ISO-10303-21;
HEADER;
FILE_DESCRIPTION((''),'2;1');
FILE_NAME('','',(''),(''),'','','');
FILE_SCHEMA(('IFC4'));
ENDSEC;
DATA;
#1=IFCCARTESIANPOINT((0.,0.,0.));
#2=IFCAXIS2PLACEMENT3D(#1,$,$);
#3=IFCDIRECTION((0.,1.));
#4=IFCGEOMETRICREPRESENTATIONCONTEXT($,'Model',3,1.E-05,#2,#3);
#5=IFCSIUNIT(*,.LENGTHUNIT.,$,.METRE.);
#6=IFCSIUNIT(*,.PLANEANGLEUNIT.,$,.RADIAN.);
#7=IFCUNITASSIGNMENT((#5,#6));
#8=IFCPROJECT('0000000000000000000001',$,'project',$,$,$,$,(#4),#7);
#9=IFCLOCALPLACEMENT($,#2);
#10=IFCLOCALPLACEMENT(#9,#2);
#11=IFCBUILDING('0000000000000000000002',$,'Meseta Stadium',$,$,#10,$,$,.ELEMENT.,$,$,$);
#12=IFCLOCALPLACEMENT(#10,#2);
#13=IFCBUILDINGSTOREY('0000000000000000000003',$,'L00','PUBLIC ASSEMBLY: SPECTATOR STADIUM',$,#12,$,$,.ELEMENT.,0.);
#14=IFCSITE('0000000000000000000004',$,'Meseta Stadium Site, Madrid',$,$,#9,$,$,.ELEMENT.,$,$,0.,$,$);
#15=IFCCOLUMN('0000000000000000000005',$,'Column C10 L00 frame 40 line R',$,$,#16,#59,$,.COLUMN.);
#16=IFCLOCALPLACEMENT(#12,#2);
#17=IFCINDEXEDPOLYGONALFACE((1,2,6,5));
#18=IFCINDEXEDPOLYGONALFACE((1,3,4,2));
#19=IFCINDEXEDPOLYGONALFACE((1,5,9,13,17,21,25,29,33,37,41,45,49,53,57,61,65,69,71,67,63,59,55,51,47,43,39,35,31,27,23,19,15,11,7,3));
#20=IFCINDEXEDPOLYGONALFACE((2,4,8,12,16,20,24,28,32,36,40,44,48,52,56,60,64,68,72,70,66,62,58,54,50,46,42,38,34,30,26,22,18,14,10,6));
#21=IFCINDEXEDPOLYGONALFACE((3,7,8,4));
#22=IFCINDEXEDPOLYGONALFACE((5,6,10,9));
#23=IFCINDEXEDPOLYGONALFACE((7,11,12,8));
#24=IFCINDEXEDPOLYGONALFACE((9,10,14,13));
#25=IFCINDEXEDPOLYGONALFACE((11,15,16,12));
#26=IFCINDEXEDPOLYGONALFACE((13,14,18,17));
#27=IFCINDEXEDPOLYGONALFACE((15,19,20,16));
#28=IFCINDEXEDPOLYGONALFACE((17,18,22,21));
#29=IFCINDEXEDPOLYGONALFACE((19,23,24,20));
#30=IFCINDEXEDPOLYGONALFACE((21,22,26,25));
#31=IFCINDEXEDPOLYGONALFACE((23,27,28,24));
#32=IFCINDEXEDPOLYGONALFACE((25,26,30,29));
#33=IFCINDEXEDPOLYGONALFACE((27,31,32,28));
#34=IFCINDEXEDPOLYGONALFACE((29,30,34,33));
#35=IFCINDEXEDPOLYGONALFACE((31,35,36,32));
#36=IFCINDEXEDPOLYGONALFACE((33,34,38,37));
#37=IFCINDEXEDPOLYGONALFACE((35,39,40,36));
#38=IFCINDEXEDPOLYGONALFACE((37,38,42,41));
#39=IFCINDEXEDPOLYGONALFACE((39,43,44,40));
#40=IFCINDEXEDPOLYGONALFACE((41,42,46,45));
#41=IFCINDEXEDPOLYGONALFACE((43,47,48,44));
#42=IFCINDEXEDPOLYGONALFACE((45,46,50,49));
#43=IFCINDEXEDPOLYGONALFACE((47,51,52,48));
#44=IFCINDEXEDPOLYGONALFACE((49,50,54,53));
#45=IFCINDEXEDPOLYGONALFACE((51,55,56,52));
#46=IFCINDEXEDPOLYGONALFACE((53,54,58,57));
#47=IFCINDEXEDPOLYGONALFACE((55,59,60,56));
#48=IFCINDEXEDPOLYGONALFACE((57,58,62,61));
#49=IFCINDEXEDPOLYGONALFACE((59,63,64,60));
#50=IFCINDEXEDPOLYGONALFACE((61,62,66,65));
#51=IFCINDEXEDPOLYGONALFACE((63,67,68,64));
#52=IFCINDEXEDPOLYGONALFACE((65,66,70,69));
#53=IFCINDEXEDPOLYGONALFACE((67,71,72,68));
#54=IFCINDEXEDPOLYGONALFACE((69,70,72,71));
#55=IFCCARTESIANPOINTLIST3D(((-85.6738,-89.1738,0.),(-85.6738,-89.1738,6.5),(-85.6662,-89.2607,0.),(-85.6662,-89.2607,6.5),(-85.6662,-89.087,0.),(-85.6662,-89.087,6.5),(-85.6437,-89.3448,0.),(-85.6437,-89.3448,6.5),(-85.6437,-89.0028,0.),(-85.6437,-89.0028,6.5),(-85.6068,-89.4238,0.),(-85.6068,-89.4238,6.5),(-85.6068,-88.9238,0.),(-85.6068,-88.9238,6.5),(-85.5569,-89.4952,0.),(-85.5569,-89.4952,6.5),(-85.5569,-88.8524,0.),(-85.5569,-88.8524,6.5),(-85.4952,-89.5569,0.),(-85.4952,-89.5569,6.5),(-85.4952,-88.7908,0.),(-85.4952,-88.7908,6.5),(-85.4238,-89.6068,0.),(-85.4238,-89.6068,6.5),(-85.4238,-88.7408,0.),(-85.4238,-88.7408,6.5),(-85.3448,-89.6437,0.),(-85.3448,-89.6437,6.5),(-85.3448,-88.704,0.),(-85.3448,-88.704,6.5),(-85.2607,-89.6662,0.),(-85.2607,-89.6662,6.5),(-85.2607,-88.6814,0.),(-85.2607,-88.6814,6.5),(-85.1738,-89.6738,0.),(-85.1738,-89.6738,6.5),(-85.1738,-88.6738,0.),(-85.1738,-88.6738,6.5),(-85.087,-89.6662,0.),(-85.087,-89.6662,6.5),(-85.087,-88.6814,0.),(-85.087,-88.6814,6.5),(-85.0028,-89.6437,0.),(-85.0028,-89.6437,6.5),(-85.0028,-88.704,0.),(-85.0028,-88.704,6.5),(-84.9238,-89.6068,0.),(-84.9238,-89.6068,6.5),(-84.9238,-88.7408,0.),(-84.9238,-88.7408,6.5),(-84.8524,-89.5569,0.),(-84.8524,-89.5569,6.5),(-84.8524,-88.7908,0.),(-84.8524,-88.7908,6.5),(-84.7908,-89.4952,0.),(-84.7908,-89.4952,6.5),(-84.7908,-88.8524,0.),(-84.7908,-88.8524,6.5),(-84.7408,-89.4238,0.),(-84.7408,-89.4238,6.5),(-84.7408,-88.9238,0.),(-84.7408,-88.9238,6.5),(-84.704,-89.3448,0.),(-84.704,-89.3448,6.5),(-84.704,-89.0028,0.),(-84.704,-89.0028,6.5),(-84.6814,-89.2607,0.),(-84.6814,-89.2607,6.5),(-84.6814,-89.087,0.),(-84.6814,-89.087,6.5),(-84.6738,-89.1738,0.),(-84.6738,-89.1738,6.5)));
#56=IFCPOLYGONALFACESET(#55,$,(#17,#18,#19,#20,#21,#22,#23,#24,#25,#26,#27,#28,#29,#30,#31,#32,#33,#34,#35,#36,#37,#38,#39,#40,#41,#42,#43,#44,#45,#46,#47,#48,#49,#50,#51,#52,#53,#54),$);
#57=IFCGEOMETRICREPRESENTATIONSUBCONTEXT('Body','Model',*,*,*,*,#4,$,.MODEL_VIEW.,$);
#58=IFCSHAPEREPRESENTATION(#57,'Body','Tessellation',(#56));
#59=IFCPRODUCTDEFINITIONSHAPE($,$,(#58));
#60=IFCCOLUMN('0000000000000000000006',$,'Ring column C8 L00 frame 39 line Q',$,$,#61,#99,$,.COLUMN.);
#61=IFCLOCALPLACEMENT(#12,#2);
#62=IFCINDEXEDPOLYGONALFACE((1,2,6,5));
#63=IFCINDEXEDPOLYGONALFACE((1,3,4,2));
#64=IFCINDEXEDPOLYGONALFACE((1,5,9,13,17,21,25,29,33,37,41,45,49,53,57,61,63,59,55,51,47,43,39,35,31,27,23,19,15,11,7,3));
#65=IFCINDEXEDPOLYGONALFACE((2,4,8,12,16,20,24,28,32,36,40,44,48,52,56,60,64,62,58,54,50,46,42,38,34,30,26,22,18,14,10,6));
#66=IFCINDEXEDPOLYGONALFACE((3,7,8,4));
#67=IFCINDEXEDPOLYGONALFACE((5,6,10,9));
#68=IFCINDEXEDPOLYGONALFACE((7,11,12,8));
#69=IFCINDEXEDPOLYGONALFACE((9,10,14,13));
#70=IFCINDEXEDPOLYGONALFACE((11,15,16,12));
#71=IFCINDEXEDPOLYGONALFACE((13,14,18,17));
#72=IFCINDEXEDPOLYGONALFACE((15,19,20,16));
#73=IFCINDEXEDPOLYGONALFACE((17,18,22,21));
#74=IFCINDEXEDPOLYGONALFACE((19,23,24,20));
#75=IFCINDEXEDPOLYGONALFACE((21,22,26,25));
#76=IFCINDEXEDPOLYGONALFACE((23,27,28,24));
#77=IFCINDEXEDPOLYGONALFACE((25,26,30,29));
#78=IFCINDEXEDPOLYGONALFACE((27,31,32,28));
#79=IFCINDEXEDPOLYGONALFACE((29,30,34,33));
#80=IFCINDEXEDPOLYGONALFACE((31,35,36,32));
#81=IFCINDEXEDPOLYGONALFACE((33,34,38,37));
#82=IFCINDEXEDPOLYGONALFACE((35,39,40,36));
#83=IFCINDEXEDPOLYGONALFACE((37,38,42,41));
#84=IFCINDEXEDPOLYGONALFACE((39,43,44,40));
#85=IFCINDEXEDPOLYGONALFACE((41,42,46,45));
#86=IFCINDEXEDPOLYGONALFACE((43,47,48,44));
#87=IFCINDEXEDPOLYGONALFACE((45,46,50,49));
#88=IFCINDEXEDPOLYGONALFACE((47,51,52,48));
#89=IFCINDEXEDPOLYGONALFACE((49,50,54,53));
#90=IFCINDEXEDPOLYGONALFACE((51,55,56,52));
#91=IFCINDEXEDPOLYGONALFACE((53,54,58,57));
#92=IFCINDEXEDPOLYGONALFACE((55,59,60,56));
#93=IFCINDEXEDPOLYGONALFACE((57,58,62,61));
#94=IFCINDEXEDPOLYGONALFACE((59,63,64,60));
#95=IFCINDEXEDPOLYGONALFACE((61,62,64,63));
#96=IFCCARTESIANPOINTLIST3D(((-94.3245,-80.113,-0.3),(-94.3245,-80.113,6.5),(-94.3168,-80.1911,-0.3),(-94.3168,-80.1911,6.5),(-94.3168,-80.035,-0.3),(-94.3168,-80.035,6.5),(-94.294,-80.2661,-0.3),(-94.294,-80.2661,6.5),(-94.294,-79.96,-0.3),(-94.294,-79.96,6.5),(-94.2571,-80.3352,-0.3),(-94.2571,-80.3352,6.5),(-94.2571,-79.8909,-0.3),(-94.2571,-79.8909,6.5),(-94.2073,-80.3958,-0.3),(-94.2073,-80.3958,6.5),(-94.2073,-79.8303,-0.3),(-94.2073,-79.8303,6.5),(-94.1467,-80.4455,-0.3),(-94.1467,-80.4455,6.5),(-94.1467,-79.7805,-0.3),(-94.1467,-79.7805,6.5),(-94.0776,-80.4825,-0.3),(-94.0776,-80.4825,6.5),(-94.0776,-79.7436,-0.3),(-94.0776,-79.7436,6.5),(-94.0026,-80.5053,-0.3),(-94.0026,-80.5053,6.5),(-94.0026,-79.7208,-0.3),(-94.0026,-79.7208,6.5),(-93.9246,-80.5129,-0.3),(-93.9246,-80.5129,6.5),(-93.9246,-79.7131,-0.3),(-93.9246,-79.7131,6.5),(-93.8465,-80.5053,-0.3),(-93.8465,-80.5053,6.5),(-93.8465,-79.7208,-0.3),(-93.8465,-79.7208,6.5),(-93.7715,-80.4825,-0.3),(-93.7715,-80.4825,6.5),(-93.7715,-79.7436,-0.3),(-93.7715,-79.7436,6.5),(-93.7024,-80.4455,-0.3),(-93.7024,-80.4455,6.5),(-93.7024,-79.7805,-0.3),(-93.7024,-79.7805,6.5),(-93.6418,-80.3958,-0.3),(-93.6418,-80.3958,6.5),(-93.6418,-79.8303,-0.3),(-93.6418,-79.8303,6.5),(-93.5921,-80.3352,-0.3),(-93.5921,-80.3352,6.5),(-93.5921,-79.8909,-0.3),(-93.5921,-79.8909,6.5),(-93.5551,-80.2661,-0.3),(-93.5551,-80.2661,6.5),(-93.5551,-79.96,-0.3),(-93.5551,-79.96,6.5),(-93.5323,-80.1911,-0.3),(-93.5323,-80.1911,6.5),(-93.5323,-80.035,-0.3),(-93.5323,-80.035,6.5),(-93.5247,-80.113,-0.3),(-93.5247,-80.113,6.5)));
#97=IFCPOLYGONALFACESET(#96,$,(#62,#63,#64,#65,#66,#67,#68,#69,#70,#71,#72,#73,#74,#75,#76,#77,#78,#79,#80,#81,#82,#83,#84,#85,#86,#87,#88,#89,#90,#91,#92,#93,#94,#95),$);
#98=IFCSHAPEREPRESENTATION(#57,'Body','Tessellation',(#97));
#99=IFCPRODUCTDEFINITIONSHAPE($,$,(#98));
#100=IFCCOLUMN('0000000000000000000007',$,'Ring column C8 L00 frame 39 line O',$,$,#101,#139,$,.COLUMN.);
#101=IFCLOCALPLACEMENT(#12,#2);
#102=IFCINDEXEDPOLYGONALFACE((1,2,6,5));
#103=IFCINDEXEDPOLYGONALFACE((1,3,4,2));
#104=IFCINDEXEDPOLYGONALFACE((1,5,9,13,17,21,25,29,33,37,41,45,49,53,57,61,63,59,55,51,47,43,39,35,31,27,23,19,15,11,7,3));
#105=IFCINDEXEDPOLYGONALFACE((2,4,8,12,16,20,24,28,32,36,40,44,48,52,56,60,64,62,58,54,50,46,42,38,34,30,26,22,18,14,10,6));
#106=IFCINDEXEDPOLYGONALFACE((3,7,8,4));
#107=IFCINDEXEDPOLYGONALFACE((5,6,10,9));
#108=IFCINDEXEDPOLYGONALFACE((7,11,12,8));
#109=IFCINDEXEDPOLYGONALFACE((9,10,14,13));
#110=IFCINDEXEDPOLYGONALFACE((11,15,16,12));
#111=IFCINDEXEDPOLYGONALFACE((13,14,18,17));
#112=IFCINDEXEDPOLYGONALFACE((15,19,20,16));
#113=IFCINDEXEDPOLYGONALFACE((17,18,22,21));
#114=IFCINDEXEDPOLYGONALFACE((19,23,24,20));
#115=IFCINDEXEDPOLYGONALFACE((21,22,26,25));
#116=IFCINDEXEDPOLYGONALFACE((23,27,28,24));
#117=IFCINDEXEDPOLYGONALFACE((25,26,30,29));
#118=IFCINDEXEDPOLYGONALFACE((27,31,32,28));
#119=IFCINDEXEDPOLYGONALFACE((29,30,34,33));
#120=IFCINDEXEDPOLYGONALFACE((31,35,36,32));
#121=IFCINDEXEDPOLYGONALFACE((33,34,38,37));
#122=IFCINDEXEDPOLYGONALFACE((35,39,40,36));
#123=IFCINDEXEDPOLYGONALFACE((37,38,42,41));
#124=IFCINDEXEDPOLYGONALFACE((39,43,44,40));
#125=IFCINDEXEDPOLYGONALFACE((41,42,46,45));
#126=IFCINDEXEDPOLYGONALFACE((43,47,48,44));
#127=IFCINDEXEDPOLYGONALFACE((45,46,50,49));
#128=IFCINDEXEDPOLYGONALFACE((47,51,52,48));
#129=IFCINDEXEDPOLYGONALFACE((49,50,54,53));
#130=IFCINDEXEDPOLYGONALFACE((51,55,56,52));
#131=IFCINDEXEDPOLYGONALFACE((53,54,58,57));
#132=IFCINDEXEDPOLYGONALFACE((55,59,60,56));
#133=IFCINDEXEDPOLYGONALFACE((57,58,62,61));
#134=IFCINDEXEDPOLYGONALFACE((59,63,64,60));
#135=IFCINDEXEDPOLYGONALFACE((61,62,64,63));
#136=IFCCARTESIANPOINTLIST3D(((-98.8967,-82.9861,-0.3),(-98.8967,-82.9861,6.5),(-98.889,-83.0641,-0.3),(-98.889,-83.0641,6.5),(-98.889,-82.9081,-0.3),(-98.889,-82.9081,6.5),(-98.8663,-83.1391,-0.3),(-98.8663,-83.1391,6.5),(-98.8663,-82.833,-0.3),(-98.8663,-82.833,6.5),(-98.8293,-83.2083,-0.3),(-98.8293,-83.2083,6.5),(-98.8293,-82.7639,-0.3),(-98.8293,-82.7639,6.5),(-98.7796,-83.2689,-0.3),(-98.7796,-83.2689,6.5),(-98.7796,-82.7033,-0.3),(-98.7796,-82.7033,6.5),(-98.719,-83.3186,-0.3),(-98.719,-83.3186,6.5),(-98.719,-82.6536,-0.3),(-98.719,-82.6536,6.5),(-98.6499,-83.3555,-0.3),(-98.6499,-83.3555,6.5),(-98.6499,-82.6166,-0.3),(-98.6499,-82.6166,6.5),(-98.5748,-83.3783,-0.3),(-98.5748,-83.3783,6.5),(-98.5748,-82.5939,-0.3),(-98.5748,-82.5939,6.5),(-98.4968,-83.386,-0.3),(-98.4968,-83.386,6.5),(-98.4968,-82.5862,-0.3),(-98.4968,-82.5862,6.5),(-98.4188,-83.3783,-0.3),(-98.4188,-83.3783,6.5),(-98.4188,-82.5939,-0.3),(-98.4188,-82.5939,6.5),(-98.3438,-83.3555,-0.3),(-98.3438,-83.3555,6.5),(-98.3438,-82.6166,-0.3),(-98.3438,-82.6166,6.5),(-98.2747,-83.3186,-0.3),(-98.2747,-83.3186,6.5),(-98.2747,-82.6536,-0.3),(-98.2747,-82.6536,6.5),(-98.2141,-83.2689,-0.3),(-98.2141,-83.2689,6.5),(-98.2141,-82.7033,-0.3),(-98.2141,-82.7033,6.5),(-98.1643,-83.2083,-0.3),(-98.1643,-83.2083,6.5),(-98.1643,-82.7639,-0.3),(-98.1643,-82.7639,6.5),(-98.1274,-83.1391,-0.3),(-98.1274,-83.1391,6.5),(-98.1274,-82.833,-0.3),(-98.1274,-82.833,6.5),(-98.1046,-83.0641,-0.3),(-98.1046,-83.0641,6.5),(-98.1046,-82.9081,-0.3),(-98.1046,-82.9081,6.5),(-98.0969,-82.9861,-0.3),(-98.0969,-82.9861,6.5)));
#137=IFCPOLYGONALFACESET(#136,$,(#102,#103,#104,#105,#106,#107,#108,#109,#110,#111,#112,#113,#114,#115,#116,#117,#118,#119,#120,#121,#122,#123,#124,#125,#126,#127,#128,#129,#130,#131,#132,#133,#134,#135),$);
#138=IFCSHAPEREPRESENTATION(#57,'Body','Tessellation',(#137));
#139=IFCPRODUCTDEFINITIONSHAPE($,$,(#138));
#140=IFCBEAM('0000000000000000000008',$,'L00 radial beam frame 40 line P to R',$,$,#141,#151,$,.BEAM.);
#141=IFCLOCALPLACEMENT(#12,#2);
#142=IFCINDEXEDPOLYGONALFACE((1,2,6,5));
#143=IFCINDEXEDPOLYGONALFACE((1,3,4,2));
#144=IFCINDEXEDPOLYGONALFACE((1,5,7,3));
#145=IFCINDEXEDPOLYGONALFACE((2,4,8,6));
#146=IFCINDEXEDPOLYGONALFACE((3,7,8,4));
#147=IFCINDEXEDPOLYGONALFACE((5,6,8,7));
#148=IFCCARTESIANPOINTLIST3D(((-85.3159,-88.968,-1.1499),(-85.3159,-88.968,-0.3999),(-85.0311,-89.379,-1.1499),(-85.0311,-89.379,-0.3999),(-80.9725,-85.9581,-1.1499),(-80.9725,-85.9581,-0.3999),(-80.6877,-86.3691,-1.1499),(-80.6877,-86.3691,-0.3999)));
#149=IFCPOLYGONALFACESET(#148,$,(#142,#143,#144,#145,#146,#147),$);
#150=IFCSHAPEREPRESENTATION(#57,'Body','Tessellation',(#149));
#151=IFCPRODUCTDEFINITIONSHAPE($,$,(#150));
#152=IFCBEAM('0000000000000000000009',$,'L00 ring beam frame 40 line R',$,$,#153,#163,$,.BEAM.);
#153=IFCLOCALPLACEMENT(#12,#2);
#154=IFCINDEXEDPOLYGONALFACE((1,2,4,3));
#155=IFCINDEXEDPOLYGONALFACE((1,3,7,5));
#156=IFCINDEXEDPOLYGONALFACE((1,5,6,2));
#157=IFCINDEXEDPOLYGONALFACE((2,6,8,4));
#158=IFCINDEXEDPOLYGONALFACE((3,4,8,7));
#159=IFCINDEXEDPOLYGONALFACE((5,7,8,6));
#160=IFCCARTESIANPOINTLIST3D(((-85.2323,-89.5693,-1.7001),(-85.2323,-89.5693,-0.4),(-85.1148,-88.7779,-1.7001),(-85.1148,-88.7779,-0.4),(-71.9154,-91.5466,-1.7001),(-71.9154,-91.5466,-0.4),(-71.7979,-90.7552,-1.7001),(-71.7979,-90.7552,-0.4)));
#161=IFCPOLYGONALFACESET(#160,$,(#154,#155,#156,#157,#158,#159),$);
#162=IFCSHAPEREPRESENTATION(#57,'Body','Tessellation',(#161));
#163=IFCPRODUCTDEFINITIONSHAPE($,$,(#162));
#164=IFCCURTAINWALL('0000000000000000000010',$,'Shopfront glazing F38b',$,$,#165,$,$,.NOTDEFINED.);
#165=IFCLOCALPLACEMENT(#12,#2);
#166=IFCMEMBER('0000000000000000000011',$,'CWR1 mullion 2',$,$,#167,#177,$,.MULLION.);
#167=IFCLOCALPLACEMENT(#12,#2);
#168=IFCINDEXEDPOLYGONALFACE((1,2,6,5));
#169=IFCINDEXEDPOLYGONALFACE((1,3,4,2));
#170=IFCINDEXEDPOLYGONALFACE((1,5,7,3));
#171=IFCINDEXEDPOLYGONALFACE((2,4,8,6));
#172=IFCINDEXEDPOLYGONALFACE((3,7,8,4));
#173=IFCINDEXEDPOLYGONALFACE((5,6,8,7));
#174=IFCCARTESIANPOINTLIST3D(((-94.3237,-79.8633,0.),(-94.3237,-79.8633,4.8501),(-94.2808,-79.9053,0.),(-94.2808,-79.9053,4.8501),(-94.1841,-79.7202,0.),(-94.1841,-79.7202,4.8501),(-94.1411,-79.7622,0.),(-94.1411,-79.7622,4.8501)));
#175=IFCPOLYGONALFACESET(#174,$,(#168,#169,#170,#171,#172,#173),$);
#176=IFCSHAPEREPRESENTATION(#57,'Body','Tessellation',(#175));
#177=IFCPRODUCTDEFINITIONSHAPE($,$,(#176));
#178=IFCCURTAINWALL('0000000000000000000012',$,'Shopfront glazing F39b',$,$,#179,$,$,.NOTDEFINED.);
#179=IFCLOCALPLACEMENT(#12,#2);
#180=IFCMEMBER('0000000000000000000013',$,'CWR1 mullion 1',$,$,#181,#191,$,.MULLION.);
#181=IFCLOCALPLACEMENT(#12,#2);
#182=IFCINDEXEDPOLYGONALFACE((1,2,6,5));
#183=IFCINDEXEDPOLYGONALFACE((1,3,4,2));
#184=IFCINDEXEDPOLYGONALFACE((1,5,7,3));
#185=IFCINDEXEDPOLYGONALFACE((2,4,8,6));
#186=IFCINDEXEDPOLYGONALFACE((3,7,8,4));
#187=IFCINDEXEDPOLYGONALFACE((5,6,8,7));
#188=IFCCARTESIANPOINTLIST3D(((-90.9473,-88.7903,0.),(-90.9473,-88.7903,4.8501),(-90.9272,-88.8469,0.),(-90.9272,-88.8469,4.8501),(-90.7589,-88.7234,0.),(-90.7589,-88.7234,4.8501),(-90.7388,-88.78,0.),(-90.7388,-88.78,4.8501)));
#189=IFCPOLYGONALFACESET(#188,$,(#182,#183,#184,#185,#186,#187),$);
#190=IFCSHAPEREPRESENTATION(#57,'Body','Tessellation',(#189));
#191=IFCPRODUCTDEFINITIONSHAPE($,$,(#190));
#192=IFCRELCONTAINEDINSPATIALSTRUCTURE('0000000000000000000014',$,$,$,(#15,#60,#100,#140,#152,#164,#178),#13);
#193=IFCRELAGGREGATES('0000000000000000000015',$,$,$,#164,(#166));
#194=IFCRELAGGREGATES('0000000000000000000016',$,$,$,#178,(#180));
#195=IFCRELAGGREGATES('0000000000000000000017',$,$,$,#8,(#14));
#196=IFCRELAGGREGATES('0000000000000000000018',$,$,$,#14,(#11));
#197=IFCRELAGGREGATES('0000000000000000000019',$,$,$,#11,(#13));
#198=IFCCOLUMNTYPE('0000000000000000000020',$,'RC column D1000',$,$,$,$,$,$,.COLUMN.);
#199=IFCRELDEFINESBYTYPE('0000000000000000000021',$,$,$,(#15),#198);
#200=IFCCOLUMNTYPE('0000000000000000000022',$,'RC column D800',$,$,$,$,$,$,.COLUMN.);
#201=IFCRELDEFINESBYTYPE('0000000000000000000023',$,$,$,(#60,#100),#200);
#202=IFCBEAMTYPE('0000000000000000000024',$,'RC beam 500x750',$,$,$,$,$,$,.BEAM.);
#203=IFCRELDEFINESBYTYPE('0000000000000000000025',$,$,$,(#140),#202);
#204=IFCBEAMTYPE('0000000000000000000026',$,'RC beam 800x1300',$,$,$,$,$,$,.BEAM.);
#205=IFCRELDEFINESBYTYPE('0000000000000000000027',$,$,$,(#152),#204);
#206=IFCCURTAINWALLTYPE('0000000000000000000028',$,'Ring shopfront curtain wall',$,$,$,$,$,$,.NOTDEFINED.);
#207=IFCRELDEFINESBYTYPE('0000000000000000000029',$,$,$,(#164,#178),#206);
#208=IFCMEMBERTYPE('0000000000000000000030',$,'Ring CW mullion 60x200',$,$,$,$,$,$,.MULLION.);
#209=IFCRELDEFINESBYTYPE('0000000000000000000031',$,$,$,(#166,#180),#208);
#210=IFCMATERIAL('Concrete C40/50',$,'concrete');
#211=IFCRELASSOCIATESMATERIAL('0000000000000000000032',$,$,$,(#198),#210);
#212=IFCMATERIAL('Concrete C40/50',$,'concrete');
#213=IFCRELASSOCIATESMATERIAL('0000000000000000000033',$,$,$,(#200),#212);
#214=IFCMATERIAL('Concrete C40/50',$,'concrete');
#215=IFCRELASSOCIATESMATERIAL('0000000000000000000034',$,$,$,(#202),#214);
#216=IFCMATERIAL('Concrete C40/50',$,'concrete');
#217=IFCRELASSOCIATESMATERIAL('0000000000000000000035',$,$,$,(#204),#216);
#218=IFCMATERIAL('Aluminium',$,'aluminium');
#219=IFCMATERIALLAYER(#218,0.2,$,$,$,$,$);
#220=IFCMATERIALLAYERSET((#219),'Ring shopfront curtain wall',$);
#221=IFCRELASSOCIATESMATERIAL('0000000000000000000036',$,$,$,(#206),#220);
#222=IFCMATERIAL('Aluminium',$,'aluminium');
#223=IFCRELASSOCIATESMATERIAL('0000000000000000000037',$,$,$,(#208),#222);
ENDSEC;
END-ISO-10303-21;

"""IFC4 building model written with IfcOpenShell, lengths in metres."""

from ifc_helpers import new_model, si_unit, direction, frame, origin, origin_2d, place, context, subcontext, project, spatial, rectangle, circle, extrude, material, layer, layer_set, material_profile, profile_set, type_object, element, aggregate, save


model = new_model("IFC4")

# Units and contexts
model_context = context("Model", 3, precision=1e-05, world=origin(), true_north=direction((0.0, 1.0)))
body_context = subcontext(model_context, "Body", "Model", "MODEL_VIEW")
ifc_project = project(units=[si_unit("LENGTHUNIT", "METRE"), si_unit("PLANEANGLEUNIT", "RADIAN")], contexts=[model_context])

# Site, building, storey
site_placement = place(None, origin())
site = spatial("IfcSite", under=ifc_project, at=site_placement, Name="Meseta Stadium Site, Madrid", CompositionType="ELEMENT", RefElevation=0.0)
building_placement = place(site_placement, origin())
building = spatial("IfcBuilding", under=site, at=building_placement, Name="Meseta Stadium", CompositionType="ELEMENT")
storey_placement = place(building_placement, origin())
storey = spatial("IfcBuildingStorey", under=building, at=storey_placement, Name="L00", Description="PUBLIC ASSEMBLY: SPECTATOR STADIUM", CompositionType="ELEMENT", Elevation=0.0)

# Columns
ifc_material_1 = material(Name="Concrete C40/50", Category="concrete")
ifc_material_profile_1 = material_profile(ifc_material_1, circle(Radius=0.5, at=origin_2d()), Name="RC D1000")
ifc_profile_set_1 = profile_set([ifc_material_profile_1], Name="Concrete C40/50")
column_type_1 = type_object("IfcColumnType", Name="RC column D1000", PredefinedType="COLUMN", material=ifc_profile_set_1)
column_placement = place(storey_placement, frame((-85.1738, -89.1738, 0.0), z_axis=(0.0, 0.0, 1.0), x_axis=(1.0, 0.0, 0.0)))
element("IfcColumn", 1, at=column_placement, inside=storey, type_object=column_type_1, Name="Column C10 L00 frame 40 line R", PredefinedType="COLUMN", context=body_context, shape_type="SweptSolid", body=[
    extrude(circle(Radius=0.5, at=origin_2d()), origin(), (0.0, 0.0, 1.0), 6.5),
])
ifc_material_2 = material(Name="Concrete C40/50", Category="concrete")
ifc_material_profile_2 = material_profile(ifc_material_2, circle(Radius=0.3999, at=origin_2d()), Name="RC D800")
ifc_profile_set_2 = profile_set([ifc_material_profile_2], Name="Concrete C40/50")
column_type_2 = type_object("IfcColumnType", Name="RC column D800", PredefinedType="COLUMN", material=ifc_profile_set_2)
for number, where, z_axis, x_axis, name in (
    (2, (-93.9246, -80.113, -0.3), (0.0, 0.0, 1.0), (1.0, 0.0, 0.0), "Ring column C8 L00 frame 39 line Q"),
    (3, (-98.4968, -82.9861, -0.3), (0.0, 0.0, 1.0), (1.0, 0.0, 0.0), "Ring column C8 L00 frame 39 line O"),
):
    element("IfcColumn", number, at=place(storey_placement, frame(where, z_axis=z_axis, x_axis=x_axis)), inside=storey, type_object=column_type_2, Name=name, PredefinedType="COLUMN", context=body_context, shape_type="SweptSolid", body=[
        extrude(circle(Radius=0.3999, at=origin_2d()), origin(), (0.0, 0.0, 1.0), 6.8),
    ])

# Beams
ifc_material_3 = material(Name="Concrete C40/50", Category="concrete")
ifc_material_profile_3 = material_profile(ifc_material_3, rectangle(XDim=0.5, YDim=0.75, at=origin_2d()), Name="RC 500x750")
ifc_profile_set_3 = profile_set([ifc_material_profile_3], Name="Concrete C40/50")
beam_type_1 = type_object("IfcBeamType", Name="RC beam 500x750", PredefinedType="BEAM", material=ifc_profile_set_3)
beam_1_placement = place(storey_placement, frame((-80.8301, -86.1636, -0.7749), z_axis=(-0.821929, -0.569589, 0.0), x_axis=(0.569589, -0.821929, 0.0)))
element("IfcBeam", 4, at=beam_1_placement, inside=storey, type_object=beam_type_1, Name="L00 radial beam frame 40 line P to R", PredefinedType="BEAM", context=body_context, shape_type="SweptSolid", body=[
    extrude(rectangle(XDim=0.5, YDim=0.75, at=origin_2d()), origin(), (0.0, 0.0, 1.0), 5.2844),
])
ifc_material_4 = material(Name="Concrete C40/50", Category="concrete")
ifc_material_profile_4 = material_profile(ifc_material_4, rectangle(XDim=0.8, YDim=1.3, at=origin_2d()), Name="RC 800x1300")
ifc_profile_set_4 = profile_set([ifc_material_profile_4], Name="Concrete C40/50")
beam_type_2 = type_object("IfcBeamType", Name="RC beam 800x1300", PredefinedType="BEAM", material=ifc_profile_set_4)
beam_2_placement = place(storey_placement, frame((-85.1736, -89.1736, -1.05), z_axis=(0.989156, -0.14687, 0.0), x_axis=(0.14687, 0.989156, 0.0)))
element("IfcBeam", 5, at=beam_2_placement, inside=storey, type_object=beam_type_2, Name="L00 ring beam frame 40 line R", PredefinedType="BEAM", context=body_context, shape_type="SweptSolid", body=[
    extrude(rectangle(XDim=0.8, YDim=1.3, at=origin_2d()), origin(), (0.0, 0.0, 1.0), 13.4629),
])

# Curtain wall, member
ifc_material_5 = material(Name="Aluminium", Category="aluminium")
ifc_layer_1 = layer(ifc_material_5, 0.2)
ifc_layer_set_1 = layer_set([ifc_layer_1], Name="Ring shopfront curtain wall")
curtain_wall_type = type_object("IfcCurtainWallType", Name="Ring shopfront curtain wall", PredefinedType="NOTDEFINED", material=ifc_layer_set_1)
curtain_wall_1_placement = place(storey_placement, origin())
curtain_wall_1 = element("IfcCurtainWall", 6, at=curtain_wall_1_placement, inside=storey, type_object=curtain_wall_type, Name="Shopfront glazing F38b", PredefinedType="NOTDEFINED")
ifc_material_6 = material(Name="Aluminium", Category="aluminium")
ifc_material_profile_5 = material_profile(ifc_material_6, rectangle(XDim=0.2, YDim=0.0601, at=origin_2d()), Name="CW 200x60")
ifc_profile_set_5 = profile_set([ifc_material_profile_5], Name="Aluminium")
member_type_1 = type_object("IfcMemberType", Name="Ring CW mullion 60x200", PredefinedType="MULLION", material=ifc_profile_set_5)
member_1_placement = place(storey_placement, frame((-94.2324, -79.8127, 0.0), z_axis=(0.0, 0.0, 1.0), x_axis=(0.698389, 0.715719, 0.0)))
member_1 = element("IfcMember", 7, at=member_1_placement, type_object=member_type_1, Name="CWR1 mullion 2", PredefinedType="MULLION", context=body_context, shape_type="SweptSolid", body=[
    extrude(rectangle(XDim=0.2, YDim=0.0601, at=origin_2d()), origin(), (0.0, 0.0, 1.0), 4.8501),
])
aggregate(curtain_wall_1, [member_1])

# Curtain wall, member
curtain_wall_2_placement = place(storey_placement, origin())
curtain_wall_2 = element("IfcCurtainWall", 8, at=curtain_wall_2_placement, inside=storey, type_object=curtain_wall_type, Name="Shopfront glazing F39b", PredefinedType="NOTDEFINED")
member_2_placement = place(storey_placement, frame((-90.843, -88.7852, 0.0), z_axis=(0.0, 0.0, 1.0), x_axis=(0.942283, 0.334818, 0.0)))
member_2 = element("IfcMember", 9, at=member_2_placement, type_object=member_type_1, Name="CWR1 mullion 1", PredefinedType="MULLION", context=body_context, shape_type="SweptSolid", body=[
    extrude(rectangle(XDim=0.2, YDim=0.0601, at=origin_2d()), origin(), (0.0, 0.0, 1.0), 4.8501),
])
aggregate(curtain_wall_2, [member_2])

save(model, "model.ifc")
